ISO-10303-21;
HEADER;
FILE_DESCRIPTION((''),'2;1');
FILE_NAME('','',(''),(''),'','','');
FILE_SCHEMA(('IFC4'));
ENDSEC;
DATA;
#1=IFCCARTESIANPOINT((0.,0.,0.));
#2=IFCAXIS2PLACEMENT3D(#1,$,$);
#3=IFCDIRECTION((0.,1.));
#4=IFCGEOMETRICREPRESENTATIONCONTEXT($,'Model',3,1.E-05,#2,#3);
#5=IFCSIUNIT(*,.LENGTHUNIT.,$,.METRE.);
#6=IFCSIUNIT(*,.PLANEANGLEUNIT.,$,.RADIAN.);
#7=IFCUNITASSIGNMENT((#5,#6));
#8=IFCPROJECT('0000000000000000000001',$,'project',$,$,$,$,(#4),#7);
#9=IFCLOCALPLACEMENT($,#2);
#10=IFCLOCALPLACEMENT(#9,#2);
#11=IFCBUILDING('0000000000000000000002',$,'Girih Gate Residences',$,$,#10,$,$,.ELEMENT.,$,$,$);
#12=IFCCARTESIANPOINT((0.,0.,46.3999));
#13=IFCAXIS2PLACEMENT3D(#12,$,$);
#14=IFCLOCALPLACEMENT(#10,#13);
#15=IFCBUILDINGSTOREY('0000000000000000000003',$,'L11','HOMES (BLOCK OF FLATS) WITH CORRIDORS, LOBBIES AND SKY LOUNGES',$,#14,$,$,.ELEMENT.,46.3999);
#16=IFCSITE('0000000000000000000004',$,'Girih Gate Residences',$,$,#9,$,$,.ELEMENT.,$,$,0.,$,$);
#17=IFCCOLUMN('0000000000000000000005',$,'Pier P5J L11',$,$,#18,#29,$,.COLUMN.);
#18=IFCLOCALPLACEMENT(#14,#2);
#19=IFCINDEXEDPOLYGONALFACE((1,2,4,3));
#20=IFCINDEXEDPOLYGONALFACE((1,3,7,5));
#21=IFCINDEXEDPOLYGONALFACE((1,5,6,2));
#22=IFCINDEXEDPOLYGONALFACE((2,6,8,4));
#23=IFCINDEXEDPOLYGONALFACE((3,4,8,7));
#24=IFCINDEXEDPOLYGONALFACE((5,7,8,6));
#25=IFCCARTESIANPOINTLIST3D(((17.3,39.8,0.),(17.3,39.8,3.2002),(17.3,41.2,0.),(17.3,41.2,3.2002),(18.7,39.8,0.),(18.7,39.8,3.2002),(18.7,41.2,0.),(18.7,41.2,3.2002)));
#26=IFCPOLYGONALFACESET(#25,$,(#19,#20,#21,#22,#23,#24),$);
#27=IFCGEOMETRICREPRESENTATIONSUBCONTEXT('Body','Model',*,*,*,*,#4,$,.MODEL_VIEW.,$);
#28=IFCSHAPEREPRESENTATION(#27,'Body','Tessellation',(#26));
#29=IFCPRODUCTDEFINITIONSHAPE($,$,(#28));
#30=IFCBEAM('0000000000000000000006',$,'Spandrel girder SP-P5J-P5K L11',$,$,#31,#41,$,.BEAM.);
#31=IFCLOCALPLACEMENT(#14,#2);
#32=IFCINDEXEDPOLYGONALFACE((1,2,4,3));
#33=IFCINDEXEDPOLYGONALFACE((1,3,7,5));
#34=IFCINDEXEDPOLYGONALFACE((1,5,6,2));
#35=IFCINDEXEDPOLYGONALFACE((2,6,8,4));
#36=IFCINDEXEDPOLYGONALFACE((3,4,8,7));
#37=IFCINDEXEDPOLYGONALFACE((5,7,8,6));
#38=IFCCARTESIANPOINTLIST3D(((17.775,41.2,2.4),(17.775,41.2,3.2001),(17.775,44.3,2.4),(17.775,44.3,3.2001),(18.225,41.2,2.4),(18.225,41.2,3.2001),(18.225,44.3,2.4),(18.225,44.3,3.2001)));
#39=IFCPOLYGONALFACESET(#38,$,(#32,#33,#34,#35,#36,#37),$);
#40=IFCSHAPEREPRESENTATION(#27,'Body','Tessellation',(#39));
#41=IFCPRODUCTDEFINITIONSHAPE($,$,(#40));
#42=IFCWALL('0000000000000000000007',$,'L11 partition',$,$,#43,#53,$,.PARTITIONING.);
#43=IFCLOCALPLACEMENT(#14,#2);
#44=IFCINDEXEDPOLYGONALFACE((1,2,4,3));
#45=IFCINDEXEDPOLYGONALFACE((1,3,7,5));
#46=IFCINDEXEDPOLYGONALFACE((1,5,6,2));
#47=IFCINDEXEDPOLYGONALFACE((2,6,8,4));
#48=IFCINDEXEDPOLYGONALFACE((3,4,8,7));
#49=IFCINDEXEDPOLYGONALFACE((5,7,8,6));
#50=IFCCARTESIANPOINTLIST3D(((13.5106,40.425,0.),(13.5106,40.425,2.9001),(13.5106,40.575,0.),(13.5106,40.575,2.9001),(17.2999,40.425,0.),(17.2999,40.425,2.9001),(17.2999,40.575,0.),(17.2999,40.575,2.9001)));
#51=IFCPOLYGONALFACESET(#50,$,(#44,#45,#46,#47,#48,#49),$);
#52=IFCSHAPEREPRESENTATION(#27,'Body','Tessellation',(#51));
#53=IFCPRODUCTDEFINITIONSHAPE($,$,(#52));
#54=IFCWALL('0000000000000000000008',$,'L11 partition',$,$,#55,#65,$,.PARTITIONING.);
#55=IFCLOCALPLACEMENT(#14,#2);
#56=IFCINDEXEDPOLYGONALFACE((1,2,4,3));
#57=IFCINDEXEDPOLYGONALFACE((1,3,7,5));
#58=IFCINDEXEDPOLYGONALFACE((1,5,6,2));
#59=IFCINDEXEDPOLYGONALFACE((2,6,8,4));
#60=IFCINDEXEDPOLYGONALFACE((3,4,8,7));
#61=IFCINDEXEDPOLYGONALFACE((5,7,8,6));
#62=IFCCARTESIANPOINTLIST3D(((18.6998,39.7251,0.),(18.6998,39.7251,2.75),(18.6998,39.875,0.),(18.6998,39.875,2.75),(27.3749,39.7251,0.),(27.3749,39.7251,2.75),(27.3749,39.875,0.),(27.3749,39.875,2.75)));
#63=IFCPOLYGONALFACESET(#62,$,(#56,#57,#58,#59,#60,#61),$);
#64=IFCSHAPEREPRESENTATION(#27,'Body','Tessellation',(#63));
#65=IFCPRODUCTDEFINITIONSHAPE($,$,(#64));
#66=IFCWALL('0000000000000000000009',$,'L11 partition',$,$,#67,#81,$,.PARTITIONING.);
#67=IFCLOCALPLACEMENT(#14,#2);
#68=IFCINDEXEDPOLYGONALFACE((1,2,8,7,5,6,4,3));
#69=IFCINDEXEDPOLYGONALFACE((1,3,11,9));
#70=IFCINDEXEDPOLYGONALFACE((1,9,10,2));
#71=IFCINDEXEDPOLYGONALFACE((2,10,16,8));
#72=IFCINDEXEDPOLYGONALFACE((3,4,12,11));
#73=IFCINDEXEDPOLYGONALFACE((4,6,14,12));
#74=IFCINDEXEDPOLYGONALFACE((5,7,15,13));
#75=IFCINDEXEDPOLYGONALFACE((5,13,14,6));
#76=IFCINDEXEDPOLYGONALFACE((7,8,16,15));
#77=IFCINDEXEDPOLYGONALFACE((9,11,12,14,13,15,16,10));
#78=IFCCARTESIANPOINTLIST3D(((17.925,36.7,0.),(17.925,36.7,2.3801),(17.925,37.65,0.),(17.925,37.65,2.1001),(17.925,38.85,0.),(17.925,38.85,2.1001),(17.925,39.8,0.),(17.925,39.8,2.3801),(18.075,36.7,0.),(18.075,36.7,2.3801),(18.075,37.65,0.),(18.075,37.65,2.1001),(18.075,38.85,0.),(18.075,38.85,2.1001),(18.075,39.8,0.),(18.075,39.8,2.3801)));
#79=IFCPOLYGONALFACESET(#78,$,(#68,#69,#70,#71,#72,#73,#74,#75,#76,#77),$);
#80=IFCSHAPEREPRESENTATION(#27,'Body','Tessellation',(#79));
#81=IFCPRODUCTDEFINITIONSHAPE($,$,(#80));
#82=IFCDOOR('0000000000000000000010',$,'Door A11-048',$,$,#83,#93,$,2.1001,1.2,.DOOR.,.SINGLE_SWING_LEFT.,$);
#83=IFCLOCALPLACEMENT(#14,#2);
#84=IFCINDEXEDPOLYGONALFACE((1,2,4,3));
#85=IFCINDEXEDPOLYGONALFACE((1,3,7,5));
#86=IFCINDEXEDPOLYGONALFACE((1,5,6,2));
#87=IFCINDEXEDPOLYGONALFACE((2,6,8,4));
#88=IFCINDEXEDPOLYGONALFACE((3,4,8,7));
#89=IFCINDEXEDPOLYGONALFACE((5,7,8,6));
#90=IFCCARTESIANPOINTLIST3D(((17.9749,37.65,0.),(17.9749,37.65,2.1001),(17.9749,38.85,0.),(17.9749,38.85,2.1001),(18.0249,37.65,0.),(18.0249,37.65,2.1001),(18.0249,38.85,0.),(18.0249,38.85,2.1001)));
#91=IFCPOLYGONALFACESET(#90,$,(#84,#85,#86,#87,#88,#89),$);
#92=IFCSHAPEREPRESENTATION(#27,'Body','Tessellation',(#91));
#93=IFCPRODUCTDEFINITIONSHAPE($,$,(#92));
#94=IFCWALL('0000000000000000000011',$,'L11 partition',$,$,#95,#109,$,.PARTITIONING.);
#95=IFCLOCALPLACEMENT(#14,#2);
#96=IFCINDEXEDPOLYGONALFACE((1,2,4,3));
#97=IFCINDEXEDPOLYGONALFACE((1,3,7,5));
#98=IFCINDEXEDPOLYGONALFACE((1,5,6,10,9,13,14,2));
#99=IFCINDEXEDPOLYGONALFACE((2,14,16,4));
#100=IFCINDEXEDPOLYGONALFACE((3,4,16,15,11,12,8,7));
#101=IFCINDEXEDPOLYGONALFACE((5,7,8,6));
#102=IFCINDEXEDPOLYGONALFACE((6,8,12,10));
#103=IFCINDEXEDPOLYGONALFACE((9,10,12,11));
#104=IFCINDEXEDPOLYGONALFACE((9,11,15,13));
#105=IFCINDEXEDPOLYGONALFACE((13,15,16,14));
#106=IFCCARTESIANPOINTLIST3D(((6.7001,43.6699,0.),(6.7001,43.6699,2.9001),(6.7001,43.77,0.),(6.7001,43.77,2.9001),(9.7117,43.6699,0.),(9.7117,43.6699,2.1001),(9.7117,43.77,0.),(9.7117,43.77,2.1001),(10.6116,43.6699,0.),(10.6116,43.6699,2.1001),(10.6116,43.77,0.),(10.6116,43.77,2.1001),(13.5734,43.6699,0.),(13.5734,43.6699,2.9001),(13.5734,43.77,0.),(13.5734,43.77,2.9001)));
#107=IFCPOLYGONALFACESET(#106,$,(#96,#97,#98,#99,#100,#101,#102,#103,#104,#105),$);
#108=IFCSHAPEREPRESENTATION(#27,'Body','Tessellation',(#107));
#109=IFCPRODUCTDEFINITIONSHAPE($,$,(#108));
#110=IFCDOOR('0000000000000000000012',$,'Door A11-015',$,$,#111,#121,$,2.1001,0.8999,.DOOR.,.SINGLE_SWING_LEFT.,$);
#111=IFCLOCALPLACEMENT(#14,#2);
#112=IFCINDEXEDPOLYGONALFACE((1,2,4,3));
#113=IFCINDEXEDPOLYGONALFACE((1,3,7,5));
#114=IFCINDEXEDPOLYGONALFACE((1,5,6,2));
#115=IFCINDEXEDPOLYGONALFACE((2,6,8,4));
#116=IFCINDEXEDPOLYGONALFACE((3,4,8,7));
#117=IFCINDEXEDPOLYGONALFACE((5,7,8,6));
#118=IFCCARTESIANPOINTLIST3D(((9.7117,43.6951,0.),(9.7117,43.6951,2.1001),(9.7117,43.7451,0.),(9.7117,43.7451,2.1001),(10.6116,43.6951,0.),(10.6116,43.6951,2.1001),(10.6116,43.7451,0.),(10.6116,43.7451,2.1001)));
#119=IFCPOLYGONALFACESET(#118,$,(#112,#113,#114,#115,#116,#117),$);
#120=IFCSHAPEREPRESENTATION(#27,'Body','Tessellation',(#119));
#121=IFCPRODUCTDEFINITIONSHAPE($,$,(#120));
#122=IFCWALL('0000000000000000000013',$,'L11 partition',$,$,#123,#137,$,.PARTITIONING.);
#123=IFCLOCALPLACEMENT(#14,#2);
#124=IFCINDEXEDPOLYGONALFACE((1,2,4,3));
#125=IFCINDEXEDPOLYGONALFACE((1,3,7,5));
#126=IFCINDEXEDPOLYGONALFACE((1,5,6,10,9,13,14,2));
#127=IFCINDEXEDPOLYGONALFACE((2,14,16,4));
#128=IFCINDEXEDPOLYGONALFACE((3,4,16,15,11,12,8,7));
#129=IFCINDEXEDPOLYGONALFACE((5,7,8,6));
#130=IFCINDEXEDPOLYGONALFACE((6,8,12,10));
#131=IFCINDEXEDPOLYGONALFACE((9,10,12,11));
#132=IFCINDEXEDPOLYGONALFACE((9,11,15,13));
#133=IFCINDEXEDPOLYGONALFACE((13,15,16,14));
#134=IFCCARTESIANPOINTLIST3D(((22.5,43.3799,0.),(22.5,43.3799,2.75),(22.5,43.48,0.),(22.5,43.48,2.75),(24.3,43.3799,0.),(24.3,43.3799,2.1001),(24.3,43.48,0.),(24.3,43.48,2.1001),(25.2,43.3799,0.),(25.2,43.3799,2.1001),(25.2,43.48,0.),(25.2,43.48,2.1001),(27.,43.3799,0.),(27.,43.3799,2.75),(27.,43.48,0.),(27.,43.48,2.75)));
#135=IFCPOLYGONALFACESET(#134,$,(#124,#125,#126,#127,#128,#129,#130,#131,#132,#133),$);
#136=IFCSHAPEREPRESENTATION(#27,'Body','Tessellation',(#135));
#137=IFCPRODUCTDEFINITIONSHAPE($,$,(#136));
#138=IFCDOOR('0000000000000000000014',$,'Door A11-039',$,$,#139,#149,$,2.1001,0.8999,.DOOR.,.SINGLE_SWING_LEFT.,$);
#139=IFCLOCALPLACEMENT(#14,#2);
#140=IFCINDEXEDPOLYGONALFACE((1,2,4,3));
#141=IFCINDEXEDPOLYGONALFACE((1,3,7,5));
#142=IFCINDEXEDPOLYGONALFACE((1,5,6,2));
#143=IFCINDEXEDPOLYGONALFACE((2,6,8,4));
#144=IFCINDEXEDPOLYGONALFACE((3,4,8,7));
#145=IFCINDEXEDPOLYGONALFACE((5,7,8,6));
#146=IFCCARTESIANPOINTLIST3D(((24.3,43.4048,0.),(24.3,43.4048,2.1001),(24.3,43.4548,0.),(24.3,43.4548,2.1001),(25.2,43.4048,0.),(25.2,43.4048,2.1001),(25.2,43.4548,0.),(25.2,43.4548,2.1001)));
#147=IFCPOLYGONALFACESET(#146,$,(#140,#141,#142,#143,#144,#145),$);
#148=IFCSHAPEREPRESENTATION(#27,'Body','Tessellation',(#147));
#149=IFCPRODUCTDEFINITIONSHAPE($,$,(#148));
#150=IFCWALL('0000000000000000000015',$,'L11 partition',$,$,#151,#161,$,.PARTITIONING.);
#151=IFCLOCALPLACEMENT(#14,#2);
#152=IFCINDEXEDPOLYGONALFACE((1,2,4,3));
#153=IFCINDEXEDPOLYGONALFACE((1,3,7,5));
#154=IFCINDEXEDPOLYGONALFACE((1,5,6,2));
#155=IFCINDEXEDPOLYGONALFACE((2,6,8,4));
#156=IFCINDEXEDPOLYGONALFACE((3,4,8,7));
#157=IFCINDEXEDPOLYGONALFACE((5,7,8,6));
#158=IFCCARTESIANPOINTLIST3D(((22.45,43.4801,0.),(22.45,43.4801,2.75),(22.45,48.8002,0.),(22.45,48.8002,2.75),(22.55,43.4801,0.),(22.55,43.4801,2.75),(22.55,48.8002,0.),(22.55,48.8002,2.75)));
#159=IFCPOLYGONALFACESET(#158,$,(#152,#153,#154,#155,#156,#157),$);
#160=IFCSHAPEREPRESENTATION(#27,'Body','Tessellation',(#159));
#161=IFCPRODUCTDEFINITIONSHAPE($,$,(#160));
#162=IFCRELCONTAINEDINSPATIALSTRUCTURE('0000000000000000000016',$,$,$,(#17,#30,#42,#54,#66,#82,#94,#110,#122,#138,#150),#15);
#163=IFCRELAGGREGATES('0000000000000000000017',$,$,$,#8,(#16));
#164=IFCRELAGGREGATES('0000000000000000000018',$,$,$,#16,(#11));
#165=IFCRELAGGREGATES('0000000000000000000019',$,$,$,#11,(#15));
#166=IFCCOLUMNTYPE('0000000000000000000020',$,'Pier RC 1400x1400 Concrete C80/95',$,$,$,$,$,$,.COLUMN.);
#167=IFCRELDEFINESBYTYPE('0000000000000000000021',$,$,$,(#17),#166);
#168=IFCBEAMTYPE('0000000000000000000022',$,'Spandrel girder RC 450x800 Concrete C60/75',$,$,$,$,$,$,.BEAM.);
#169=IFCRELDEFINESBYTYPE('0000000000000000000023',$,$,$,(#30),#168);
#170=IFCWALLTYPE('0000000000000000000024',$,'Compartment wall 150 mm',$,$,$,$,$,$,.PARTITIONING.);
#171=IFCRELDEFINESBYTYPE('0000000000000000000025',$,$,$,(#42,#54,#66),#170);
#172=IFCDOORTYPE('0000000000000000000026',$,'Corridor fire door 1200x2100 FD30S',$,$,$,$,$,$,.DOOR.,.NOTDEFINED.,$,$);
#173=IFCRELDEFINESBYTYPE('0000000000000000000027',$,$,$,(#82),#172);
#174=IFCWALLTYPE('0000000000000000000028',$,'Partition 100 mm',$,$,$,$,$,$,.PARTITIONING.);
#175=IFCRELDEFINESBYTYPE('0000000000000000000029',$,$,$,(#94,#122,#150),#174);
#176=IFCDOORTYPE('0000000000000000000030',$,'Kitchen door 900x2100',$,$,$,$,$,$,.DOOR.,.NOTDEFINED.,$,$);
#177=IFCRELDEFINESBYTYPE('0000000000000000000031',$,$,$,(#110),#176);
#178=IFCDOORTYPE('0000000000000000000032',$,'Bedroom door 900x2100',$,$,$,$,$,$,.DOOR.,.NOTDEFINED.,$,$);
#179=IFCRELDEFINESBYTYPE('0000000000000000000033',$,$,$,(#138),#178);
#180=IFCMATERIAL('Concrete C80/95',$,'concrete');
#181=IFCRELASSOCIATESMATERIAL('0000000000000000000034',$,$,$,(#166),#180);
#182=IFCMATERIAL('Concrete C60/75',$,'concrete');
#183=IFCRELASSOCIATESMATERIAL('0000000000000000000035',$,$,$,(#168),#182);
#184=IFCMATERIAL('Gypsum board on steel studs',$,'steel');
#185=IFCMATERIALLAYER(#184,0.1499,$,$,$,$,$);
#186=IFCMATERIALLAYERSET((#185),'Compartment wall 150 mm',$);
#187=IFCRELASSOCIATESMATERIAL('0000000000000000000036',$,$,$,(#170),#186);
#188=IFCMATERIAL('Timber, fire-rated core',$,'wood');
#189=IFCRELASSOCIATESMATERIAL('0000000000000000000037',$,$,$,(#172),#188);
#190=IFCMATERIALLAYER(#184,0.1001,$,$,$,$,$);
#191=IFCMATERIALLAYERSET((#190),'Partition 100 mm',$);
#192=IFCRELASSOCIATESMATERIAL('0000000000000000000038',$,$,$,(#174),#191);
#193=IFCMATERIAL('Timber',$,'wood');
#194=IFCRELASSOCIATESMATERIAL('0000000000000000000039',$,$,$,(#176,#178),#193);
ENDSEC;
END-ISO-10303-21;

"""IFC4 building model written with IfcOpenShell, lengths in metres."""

from ifc_helpers import new_model, si_unit, direction, frame, frame_2d, origin, origin_2d, place, context, subcontext, project, spatial, rectangle, extrude, material, layer, layer_set, material_profile, profile_set, type_object, element, fill, save


model = new_model("IFC4")

# Units and contexts
model_context = context("Model", 3, precision=1e-05, world=origin(), true_north=direction((0.0, 1.0)))
body_context = subcontext(model_context, "Body", "Model", "MODEL_VIEW")
ifc_project = project(units=[si_unit("LENGTHUNIT", "METRE"), si_unit("PLANEANGLEUNIT", "RADIAN")], contexts=[model_context])

# Site, building, storey
site_placement = place(None, origin())
site = spatial("IfcSite", under=ifc_project, at=site_placement, Name="Girih Gate Residences", CompositionType="ELEMENT", RefElevation=0.0)
building_placement = place(site_placement, origin())
building = spatial("IfcBuilding", under=site, at=building_placement, Name="Girih Gate Residences", CompositionType="ELEMENT")
storey_placement = place(building_placement, frame((0.0, 0.0, 46.3999)))
storey = spatial("IfcBuildingStorey", under=building, at=storey_placement, Name="L11", Description="HOMES (BLOCK OF FLATS) WITH CORRIDORS, LOBBIES AND SKY LOUNGES", CompositionType="ELEMENT", Elevation=46.3999)

# Column
ifc_material_1 = material(Name="Concrete C80/95", Category="concrete")
ifc_material_profile_1 = material_profile(ifc_material_1, rectangle(XDim=1.3999, YDim=1.3999, at=origin_2d()))
ifc_profile_set_1 = profile_set([ifc_material_profile_1], Name="Concrete C80/95")
column_type = type_object("IfcColumnType", Name="Pier RC 1400x1400 Concrete C80/95", PredefinedType="COLUMN", material=ifc_profile_set_1)
column_placement = place(storey_placement, frame((18.0, 40.5, 0.0), z_axis=(0.0, 0.0, 1.0), x_axis=(1.0, 0.0, 0.0)))
element("IfcColumn", 1, at=column_placement, inside=storey, type_object=column_type, Name="Pier P5J L11", PredefinedType="COLUMN", context=body_context, shape_type="SweptSolid", body=[
    extrude(rectangle(XDim=1.3999, YDim=1.3999, at=origin_2d()), origin(), (0.0, 0.0, 1.0), 3.2002),
])

# Beam
ifc_material_2 = material(Name="Concrete C60/75", Category="concrete")
ifc_material_profile_2 = material_profile(ifc_material_2, rectangle(XDim=0.45, YDim=0.8, at=origin_2d()))
ifc_profile_set_2 = profile_set([ifc_material_profile_2], Name="Concrete C60/75")
beam_type = type_object("IfcBeamType", Name="Spandrel girder RC 450x800 Concrete C60/75", PredefinedType="BEAM", material=ifc_profile_set_2)
beam_placement = place(storey_placement, frame((18.0, 41.2, 2.8), z_axis=(0.0, 1.0, 0.0), x_axis=(-1.0, 0.0, 0.0)))
element("IfcBeam", 2, at=beam_placement, inside=storey, type_object=beam_type, Name="Spandrel girder SP-P5J-P5K L11", PredefinedType="BEAM", context=body_context, shape_type="SweptSolid", body=[
    extrude(rectangle(XDim=0.45, YDim=0.8, at=origin_2d()), origin(), (0.0, 0.0, 1.0), 3.1001),
])

# Walls
ifc_material_3 = material(Name="Gypsum board on steel studs", Category="steel")
ifc_layer_1 = layer(ifc_material_3, 0.1499)
ifc_layer_set_1 = layer_set([ifc_layer_1], Name="Compartment wall 150 mm")
wall_type_1 = type_object("IfcWallType", Name="Compartment wall 150 mm", PredefinedType="PARTITIONING", material=ifc_layer_set_1)
wall_1_placement = place(storey_placement, frame((13.5107, 40.5, 0.0), z_axis=(0.0, 0.0, 1.0), x_axis=(1.0, 0.0, 0.0)))
element("IfcWall", 3, at=wall_1_placement, inside=storey, type_object=wall_type_1, Name="L11 partition", PredefinedType="PARTITIONING", context=body_context, shape_type="SweptSolid", body=[
    extrude(rectangle(XDim=3.7893, YDim=0.1499, at=frame_2d((1.8945, 0.0))), origin(), (0.0, 0.0, 1.0), 2.9001),
])
wall_2_placement = place(storey_placement, frame((18.7, 39.8, 0.0), z_axis=(0.0, 0.0, 1.0), x_axis=(1.0, 0.0, 0.0)))
element("IfcWall", 4, at=wall_2_placement, inside=storey, type_object=wall_type_1, Name="L11 partition", PredefinedType="PARTITIONING", context=body_context, shape_type="SweptSolid", body=[
    extrude(rectangle(XDim=8.675, YDim=0.1499, at=frame_2d((4.3374, 0.0))), origin(), (0.0, 0.0, 1.0), 2.75),
])

# Walls, openings, doors
wall_3_placement = place(storey_placement, frame((18.0, 39.8, 0.0), z_axis=(0.0, 0.0, 1.0), x_axis=(0.0, -1.0, 0.0)))
wall_3 = element("IfcWall", 5, at=wall_3_placement, inside=storey, type_object=wall_type_1, Name="L11 partition", PredefinedType="PARTITIONING", context=body_context, shape_type="SweptSolid", body=[
    extrude(rectangle(XDim=3.1001, YDim=0.1499, at=frame_2d((1.55, 0.0))), origin(), (0.0, 0.0, 1.0), 2.3801),
])
opening_1_placement = place(wall_3_placement, frame((0.95, 0.0, 0.0)))
opening_1 = element("IfcOpeningElement", 6, at=opening_1_placement, cuts=wall_3, PredefinedType="OPENING", context=body_context, shape_type="SweptSolid", body=[
    extrude(rectangle(XDim=1.2, YDim=2.1001, at=frame_2d((0.6001, 1.05))), frame((0.0, 0.085, 0.0), z_axis=(0.0, -1.0, 0.0), x_axis=(1.0, 0.0, 0.0)), (0.0, 0.0, 1.0), 0.1699),
])
ifc_material_4 = material(Name="Timber, fire-rated core", Category="wood")
door_type_1 = type_object("IfcDoorType", Name="Corridor fire door 1200x2100 FD30S", OperationType="NOTDEFINED", PredefinedType="DOOR", material=ifc_material_4)
door_1_placement = place(opening_1_placement, origin())
door_1 = element("IfcDoor", 7, at=door_1_placement, inside=storey, type_object=door_type_1, Name="Door A11-048", OperationType="SINGLE_SWING_LEFT", OverallHeight=2.1001, OverallWidth=1.2, PredefinedType="DOOR", context=body_context, shape_type="SweptSolid", body=[
    extrude(rectangle(XDim=1.2, YDim=2.1001, at=frame_2d((0.6001, 1.05))), frame((0.0, 0.0249, 0.0), z_axis=(0.0, -1.0, 0.0), x_axis=(1.0, 0.0, 0.0)), (0.0, 0.0, 1.0), 0.05),
])
fill(opening_1, door_1)
ifc_layer_2 = layer(ifc_material_3, 0.1001)
ifc_layer_set_2 = layer_set([ifc_layer_2], Name="Partition 100 mm")
wall_type_2 = type_object("IfcWallType", Name="Partition 100 mm", PredefinedType="PARTITIONING", material=ifc_layer_set_2)
wall_4_placement = place(storey_placement, frame((13.5732, 43.72, 0.0), z_axis=(0.0, 0.0, 1.0), x_axis=(-1.0, 0.0, 0.0)))
wall_4 = element("IfcWall", 8, at=wall_4_placement, inside=storey, type_object=wall_type_2, Name="L11 partition", PredefinedType="PARTITIONING", context=body_context, shape_type="SweptSolid", body=[
    extrude(rectangle(XDim=6.8733, YDim=0.1001, at=frame_2d((3.4365, 0.0))), origin(), (0.0, 0.0, 1.0), 2.9001),
])
opening_2_placement = place(wall_4_placement, frame((2.9617, 0.0, 0.0)))
opening_2 = element("IfcOpeningElement", 9, at=opening_2_placement, cuts=wall_4, PredefinedType="OPENING", context=body_context, shape_type="SweptSolid", body=[
    extrude(rectangle(XDim=0.8999, YDim=2.1001, at=frame_2d((0.45, 1.05))), frame((0.0, 0.0601, 0.0), z_axis=(0.0, -1.0, 0.0), x_axis=(1.0, 0.0, 0.0)), (0.0, 0.0, 1.0), 0.1201),
])
ifc_material_5 = material(Name="Timber", Category="wood")
door_type_2 = type_object("IfcDoorType", Name="Kitchen door 900x2100", OperationType="NOTDEFINED", PredefinedType="DOOR", material=ifc_material_5)
door_2_placement = place(opening_2_placement, origin())
door_2 = element("IfcDoor", 10, at=door_2_placement, inside=storey, type_object=door_type_2, Name="Door A11-015", OperationType="SINGLE_SWING_LEFT", OverallHeight=2.1001, OverallWidth=0.8999, PredefinedType="DOOR", context=body_context, shape_type="SweptSolid", body=[
    extrude(rectangle(XDim=0.8999, YDim=2.1001, at=frame_2d((0.45, 1.05))), frame((0.0, 0.0249, 0.0), z_axis=(0.0, -1.0, 0.0), x_axis=(1.0, 0.0, 0.0)), (0.0, 0.0, 1.0), 0.05),
])
fill(opening_2, door_2)
wall_5_placement = place(storey_placement, frame((22.5, 43.4299, 0.0), z_axis=(0.0, 0.0, 1.0), x_axis=(1.0, 0.0, 0.0)))
wall_5 = element("IfcWall", 11, at=wall_5_placement, inside=storey, type_object=wall_type_2, Name="L11 partition", PredefinedType="PARTITIONING", context=body_context, shape_type="SweptSolid", body=[
    extrude(rectangle(XDim=4.5, YDim=0.1001, at=frame_2d((2.25, 0.0))), origin(), (0.0, 0.0, 1.0), 2.75),
])
opening_3_placement = place(wall_5_placement, frame((1.8, 0.0, 0.0)))
opening_3 = element("IfcOpeningElement", 12, at=opening_3_placement, cuts=wall_5, PredefinedType="OPENING", context=body_context, shape_type="SweptSolid", body=[
    extrude(rectangle(XDim=0.8999, YDim=2.1001, at=frame_2d((0.45, 1.05))), frame((0.0, 0.0601, 0.0), z_axis=(0.0, -1.0, 0.0), x_axis=(1.0, 0.0, 0.0)), (0.0, 0.0, 1.0), 0.1201),
])
door_type_3 = type_object("IfcDoorType", Name="Bedroom door 900x2100", OperationType="NOTDEFINED", PredefinedType="DOOR", material=ifc_material_5)
door_3_placement = place(opening_3_placement, origin())
door_3 = element("IfcDoor", 13, at=door_3_placement, inside=storey, type_object=door_type_3, Name="Door A11-039", OperationType="SINGLE_SWING_LEFT", OverallHeight=2.1001, OverallWidth=0.8999, PredefinedType="DOOR", context=body_context, shape_type="SweptSolid", body=[
    extrude(rectangle(XDim=0.8999, YDim=2.1001, at=frame_2d((0.45, 1.05))), frame((0.0, 0.0249, 0.0), z_axis=(0.0, -1.0, 0.0), x_axis=(1.0, 0.0, 0.0)), (0.0, 0.0, 1.0), 0.05),
])
fill(opening_3, door_3)

# Wall
wall_6_placement = place(storey_placement, frame((22.5, 43.48, 0.0), z_axis=(0.0, 0.0, 1.0), x_axis=(0.0, 1.0, 0.0)))
element("IfcWall", 14, at=wall_6_placement, inside=storey, type_object=wall_type_2, Name="L11 partition", PredefinedType="PARTITIONING", context=body_context, shape_type="SweptSolid", body=[
    extrude(rectangle(XDim=5.3201, YDim=0.1001, at=frame_2d((2.6602, 0.0))), origin(), (0.0, 0.0, 1.0), 2.75),
])

save(model, "model.ifc")
